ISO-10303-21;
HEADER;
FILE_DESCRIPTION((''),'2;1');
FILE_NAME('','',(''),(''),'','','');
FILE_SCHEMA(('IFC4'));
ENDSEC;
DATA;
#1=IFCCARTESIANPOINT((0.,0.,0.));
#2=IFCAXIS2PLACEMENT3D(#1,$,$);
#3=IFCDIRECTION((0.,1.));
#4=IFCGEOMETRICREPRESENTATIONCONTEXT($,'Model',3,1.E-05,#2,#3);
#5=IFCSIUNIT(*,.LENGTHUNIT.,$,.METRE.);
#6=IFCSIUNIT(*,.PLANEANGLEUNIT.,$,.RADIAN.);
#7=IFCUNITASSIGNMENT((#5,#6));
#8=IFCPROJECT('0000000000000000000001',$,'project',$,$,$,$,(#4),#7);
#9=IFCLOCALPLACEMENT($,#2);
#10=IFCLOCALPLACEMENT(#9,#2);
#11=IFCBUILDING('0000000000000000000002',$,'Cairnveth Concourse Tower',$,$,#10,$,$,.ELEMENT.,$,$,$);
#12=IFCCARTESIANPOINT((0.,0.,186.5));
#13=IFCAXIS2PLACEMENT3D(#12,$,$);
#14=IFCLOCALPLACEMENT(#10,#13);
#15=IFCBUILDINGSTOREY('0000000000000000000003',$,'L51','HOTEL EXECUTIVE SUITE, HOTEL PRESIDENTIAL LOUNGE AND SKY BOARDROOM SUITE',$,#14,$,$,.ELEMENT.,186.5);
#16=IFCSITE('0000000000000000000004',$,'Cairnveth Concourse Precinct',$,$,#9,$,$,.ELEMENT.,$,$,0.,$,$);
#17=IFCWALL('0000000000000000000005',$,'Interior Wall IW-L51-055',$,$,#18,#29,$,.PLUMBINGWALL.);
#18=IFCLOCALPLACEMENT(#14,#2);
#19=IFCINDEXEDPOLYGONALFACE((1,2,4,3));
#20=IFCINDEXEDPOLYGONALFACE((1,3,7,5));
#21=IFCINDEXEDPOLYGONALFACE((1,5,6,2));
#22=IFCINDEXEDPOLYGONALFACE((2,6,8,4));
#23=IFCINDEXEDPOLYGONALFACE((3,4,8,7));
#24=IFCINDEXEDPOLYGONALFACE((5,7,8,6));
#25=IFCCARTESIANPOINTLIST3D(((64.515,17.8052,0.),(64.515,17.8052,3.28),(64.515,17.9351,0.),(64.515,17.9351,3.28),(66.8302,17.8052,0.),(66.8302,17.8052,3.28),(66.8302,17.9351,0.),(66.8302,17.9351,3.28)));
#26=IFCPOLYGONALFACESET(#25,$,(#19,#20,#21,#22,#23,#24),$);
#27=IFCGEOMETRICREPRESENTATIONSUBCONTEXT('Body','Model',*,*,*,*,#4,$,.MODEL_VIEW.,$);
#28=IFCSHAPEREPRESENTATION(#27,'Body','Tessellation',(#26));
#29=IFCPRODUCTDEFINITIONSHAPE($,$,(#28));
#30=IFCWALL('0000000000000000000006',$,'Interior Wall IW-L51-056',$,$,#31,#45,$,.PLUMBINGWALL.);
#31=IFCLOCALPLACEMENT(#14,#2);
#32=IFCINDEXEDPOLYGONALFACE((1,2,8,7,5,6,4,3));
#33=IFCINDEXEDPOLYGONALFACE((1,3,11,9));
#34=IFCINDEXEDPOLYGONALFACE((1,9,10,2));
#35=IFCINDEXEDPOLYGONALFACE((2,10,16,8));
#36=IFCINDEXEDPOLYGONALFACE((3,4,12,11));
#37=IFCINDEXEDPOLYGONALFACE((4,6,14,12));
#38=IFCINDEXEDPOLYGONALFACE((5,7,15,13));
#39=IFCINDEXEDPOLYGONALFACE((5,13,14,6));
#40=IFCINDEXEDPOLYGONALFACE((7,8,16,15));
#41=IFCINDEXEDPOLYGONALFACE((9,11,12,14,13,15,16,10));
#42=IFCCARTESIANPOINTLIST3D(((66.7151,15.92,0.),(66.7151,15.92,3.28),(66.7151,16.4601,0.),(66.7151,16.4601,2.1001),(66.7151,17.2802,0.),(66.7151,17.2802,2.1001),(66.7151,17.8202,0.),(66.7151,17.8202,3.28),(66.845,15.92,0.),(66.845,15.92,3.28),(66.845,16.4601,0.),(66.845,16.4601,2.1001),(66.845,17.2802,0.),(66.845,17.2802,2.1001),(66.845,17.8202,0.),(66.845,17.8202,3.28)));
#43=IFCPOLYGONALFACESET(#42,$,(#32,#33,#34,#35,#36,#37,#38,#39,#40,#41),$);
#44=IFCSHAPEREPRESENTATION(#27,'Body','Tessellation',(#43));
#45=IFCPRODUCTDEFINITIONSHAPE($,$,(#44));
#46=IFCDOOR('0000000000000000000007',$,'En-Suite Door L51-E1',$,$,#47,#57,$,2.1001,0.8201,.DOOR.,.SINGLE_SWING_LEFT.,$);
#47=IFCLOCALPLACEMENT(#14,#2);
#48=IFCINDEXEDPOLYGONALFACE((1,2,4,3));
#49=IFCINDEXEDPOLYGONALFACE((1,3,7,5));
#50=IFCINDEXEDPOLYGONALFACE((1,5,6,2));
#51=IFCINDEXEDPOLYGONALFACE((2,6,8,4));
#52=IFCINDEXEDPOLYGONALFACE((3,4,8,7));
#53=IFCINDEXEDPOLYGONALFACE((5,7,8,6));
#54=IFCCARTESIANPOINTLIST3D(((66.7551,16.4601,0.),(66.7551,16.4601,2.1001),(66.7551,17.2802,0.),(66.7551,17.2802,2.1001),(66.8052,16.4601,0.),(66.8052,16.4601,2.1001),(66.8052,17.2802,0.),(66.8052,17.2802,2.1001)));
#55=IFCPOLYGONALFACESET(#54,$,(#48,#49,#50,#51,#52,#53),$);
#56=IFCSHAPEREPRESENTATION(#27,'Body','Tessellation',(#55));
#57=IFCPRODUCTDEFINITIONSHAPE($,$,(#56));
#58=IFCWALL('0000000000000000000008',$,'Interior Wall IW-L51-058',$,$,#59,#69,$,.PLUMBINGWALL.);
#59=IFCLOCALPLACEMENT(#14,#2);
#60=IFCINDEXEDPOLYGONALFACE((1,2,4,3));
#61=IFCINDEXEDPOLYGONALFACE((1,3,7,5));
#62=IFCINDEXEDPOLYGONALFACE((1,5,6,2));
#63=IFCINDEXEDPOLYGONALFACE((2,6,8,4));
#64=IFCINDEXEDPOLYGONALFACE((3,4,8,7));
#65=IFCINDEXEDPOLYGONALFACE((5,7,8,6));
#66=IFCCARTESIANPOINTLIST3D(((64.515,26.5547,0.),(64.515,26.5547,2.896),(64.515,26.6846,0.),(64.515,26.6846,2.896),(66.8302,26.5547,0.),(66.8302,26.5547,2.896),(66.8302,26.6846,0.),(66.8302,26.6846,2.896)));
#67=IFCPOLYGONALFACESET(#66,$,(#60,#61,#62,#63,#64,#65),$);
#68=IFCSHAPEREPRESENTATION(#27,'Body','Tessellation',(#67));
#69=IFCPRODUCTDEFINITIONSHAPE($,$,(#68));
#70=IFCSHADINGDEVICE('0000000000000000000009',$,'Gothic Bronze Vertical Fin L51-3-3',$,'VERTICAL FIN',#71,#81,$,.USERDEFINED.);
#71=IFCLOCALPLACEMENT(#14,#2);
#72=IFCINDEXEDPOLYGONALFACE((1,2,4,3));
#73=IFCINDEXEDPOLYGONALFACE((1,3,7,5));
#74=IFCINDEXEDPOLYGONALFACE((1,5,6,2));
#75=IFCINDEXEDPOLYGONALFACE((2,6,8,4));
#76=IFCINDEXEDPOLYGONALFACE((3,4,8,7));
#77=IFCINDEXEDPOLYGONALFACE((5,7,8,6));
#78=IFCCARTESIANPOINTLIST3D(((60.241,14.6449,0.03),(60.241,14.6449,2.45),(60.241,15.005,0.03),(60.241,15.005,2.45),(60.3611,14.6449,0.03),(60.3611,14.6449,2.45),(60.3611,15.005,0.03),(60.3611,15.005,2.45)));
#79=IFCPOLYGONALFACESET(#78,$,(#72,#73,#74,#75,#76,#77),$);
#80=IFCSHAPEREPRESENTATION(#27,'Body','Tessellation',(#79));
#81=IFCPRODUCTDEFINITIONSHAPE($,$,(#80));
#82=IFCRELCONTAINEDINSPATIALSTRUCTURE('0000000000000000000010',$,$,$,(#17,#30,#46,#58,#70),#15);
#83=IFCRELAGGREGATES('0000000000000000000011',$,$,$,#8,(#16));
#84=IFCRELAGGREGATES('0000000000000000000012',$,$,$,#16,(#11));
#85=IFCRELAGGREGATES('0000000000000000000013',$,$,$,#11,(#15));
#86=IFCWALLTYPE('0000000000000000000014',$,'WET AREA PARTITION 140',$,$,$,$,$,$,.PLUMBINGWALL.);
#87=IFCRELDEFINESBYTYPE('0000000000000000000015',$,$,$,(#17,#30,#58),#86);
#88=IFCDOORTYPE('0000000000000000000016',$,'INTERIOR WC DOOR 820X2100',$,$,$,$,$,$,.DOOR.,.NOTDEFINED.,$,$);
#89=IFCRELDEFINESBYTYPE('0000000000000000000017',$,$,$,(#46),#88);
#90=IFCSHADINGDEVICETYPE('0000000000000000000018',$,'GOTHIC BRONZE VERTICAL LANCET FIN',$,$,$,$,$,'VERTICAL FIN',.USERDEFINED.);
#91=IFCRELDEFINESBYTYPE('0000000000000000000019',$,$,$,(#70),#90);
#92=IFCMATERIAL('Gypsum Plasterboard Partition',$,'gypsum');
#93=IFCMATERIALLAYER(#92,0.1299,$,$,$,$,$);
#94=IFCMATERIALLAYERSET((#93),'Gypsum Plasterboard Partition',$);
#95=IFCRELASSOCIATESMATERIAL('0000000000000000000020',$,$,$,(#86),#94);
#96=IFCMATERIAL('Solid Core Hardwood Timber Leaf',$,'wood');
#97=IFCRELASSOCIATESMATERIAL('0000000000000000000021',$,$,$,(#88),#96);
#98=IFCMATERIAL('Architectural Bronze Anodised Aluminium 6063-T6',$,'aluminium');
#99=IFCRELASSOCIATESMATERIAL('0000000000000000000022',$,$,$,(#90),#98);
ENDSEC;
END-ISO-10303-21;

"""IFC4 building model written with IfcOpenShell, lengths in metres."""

from ifc_helpers import new_model, si_unit, direction, frame, frame_2d, origin, origin_2d, place, context, subcontext, project, spatial, rectangle, extrude, material, layer, layer_set, type_object, element, fill, save


model = new_model("IFC4")

# Units and contexts
model_context = context("Model", 3, precision=1e-05, world=origin(), true_north=direction((0.0, 1.0)))
body_context = subcontext(model_context, "Body", "Model", "MODEL_VIEW")
ifc_project = project(units=[si_unit("LENGTHUNIT", "METRE"), si_unit("PLANEANGLEUNIT", "RADIAN")], contexts=[model_context])

# Site, building, storey
site_placement = place(None, origin())
site = spatial("IfcSite", under=ifc_project, at=site_placement, Name="Cairnveth Concourse Precinct", CompositionType="ELEMENT", RefElevation=0.0)
building_placement = place(site_placement, origin())
building = spatial("IfcBuilding", under=site, at=building_placement, Name="Cairnveth Concourse Tower", CompositionType="ELEMENT")
storey_placement = place(building_placement, frame((0.0, 0.0, 186.5)))
storey = spatial("IfcBuildingStorey", under=building, at=storey_placement, Name="L51", Description="HOTEL EXECUTIVE SUITE, HOTEL PRESIDENTIAL LOUNGE AND SKY BOARDROOM SUITE", CompositionType="ELEMENT", Elevation=186.5)

# Shared definitions
ifc_material_1 = material(Name="Gypsum Plasterboard Partition", Category="gypsum")
ifc_material_2 = material(Name="Solid Core Hardwood Timber Leaf", Category="wood")

# Wall
ifc_layer_1 = layer(ifc_material_1, 0.1299)
ifc_layer_set_1 = layer_set([ifc_layer_1], Name="Gypsum Plasterboard Partition")
wall_type_1 = type_object("IfcWallType", Name="WET AREA PARTITION 140", PredefinedType="PLUMBINGWALL", material=ifc_layer_set_1)
for number, where, z_axis, x_axis, name in (
    (1, (64.5149, 17.8701, 0.0), (0.0, 0.0, 1.0), (1.0, 0.0, 0.0), "Interior Wall IW-L51-055"),
):
    element("IfcWall", number, at=place(storey_placement, frame(where, z_axis=z_axis, x_axis=x_axis)), inside=storey, type_object=wall_type_1, Name=name, PredefinedType="PLUMBINGWALL", context=body_context, shape_type="SweptSolid", body=[
        extrude(rectangle(XDim=2.3152, YDim=0.1299, at=frame_2d((1.1577, 0.0))), origin(), (0.0, 0.0, 1.0), 3.28),
    ])

# Wall, opening, door
wall_1_placement = place(storey_placement, frame((66.78, 15.9199, 0.0), z_axis=(0.0, 0.0, 1.0), x_axis=(0.0, 1.0, 0.0)))
wall_1 = element("IfcWall", 2, at=wall_1_placement, inside=storey, type_object=wall_type_1, Name="Interior Wall IW-L51-056", PredefinedType="PLUMBINGWALL", context=body_context, shape_type="SweptSolid", body=[
    extrude(rectangle(XDim=1.9001, YDim=0.1299, at=frame_2d((0.9502, 0.0))), origin(), (0.0, 0.0, 1.0), 3.28),
])
opening_1_placement = place(wall_1_placement, frame((0.54, 0.0, 0.0)))
opening_1 = element("IfcOpeningElement", 3, at=opening_1_placement, cuts=wall_1, PredefinedType="OPENING", context=body_context, shape_type="SweptSolid", body=[
    extrude(rectangle(XDim=0.8201, YDim=2.1001, at=frame_2d((0.4102, 1.05))), frame((0.0, 0.075, 0.0), z_axis=(0.0, -1.0, 0.0), x_axis=(1.0, 0.0, 0.0)), (0.0, 0.0, 1.0), 0.1499),
])
door_type_1 = type_object("IfcDoorType", Name="INTERIOR WC DOOR 820X2100", OperationType="NOTDEFINED", PredefinedType="DOOR", material=ifc_material_2)
door_1_placement = place(opening_1_placement, origin())
door_1 = element("IfcDoor", 4, at=door_1_placement, inside=storey, type_object=door_type_1, Name="En-Suite Door L51-E1", OperationType="SINGLE_SWING_LEFT", OverallHeight=2.1001, OverallWidth=0.8201, PredefinedType="DOOR", context=body_context, shape_type="SweptSolid", body=[
    extrude(rectangle(XDim=0.8201, YDim=2.1001, at=frame_2d((0.4102, 1.05))), frame((0.0, 0.0249, 0.0), z_axis=(0.0, -1.0, 0.0), x_axis=(1.0, 0.0, 0.0)), (0.0, 0.0, 1.0), 0.05),
])
fill(opening_1, door_1)

# Wall
wall_2_placement = place(storey_placement, frame((64.5149, 26.6196, 0.0), z_axis=(0.0, 0.0, 1.0), x_axis=(1.0, 0.0, 0.0)))
element("IfcWall", 5, at=wall_2_placement, inside=storey, type_object=wall_type_1, Name="Interior Wall IW-L51-058", PredefinedType="PLUMBINGWALL", context=body_context, shape_type="SweptSolid", body=[
    extrude(rectangle(XDim=2.3152, YDim=0.1299, at=frame_2d((1.1577, 0.0))), origin(), (0.0, 0.0, 1.0), 2.896),
])

# Shading device
ifc_material_3 = material(Name="Architectural Bronze Anodised Aluminium 6063-T6", Category="aluminium")
shading_device_type = type_object("IfcShadingDeviceType", Name="GOTHIC BRONZE VERTICAL LANCET FIN", ElementType="VERTICAL FIN", PredefinedType="USERDEFINED", material=ifc_material_3)
shading_device_placement = place(storey_placement, frame((60.301, 14.825, 0.03), z_axis=(0.0, 0.0, 1.0), x_axis=(1.0, 0.0, 0.0)))
element("IfcShadingDevice", 6, at=shading_device_placement, inside=storey, type_object=shading_device_type, Name="Gothic Bronze Vertical Fin L51-3-3", ObjectType="VERTICAL FIN", PredefinedType="USERDEFINED", context=body_context, shape_type="SweptSolid", body=[
    extrude(rectangle(XDim=0.1201, YDim=0.3601, at=origin_2d()), origin(), (0.0, 0.0, 1.0), 2.4199),
])

save(model, "model.ifc")
